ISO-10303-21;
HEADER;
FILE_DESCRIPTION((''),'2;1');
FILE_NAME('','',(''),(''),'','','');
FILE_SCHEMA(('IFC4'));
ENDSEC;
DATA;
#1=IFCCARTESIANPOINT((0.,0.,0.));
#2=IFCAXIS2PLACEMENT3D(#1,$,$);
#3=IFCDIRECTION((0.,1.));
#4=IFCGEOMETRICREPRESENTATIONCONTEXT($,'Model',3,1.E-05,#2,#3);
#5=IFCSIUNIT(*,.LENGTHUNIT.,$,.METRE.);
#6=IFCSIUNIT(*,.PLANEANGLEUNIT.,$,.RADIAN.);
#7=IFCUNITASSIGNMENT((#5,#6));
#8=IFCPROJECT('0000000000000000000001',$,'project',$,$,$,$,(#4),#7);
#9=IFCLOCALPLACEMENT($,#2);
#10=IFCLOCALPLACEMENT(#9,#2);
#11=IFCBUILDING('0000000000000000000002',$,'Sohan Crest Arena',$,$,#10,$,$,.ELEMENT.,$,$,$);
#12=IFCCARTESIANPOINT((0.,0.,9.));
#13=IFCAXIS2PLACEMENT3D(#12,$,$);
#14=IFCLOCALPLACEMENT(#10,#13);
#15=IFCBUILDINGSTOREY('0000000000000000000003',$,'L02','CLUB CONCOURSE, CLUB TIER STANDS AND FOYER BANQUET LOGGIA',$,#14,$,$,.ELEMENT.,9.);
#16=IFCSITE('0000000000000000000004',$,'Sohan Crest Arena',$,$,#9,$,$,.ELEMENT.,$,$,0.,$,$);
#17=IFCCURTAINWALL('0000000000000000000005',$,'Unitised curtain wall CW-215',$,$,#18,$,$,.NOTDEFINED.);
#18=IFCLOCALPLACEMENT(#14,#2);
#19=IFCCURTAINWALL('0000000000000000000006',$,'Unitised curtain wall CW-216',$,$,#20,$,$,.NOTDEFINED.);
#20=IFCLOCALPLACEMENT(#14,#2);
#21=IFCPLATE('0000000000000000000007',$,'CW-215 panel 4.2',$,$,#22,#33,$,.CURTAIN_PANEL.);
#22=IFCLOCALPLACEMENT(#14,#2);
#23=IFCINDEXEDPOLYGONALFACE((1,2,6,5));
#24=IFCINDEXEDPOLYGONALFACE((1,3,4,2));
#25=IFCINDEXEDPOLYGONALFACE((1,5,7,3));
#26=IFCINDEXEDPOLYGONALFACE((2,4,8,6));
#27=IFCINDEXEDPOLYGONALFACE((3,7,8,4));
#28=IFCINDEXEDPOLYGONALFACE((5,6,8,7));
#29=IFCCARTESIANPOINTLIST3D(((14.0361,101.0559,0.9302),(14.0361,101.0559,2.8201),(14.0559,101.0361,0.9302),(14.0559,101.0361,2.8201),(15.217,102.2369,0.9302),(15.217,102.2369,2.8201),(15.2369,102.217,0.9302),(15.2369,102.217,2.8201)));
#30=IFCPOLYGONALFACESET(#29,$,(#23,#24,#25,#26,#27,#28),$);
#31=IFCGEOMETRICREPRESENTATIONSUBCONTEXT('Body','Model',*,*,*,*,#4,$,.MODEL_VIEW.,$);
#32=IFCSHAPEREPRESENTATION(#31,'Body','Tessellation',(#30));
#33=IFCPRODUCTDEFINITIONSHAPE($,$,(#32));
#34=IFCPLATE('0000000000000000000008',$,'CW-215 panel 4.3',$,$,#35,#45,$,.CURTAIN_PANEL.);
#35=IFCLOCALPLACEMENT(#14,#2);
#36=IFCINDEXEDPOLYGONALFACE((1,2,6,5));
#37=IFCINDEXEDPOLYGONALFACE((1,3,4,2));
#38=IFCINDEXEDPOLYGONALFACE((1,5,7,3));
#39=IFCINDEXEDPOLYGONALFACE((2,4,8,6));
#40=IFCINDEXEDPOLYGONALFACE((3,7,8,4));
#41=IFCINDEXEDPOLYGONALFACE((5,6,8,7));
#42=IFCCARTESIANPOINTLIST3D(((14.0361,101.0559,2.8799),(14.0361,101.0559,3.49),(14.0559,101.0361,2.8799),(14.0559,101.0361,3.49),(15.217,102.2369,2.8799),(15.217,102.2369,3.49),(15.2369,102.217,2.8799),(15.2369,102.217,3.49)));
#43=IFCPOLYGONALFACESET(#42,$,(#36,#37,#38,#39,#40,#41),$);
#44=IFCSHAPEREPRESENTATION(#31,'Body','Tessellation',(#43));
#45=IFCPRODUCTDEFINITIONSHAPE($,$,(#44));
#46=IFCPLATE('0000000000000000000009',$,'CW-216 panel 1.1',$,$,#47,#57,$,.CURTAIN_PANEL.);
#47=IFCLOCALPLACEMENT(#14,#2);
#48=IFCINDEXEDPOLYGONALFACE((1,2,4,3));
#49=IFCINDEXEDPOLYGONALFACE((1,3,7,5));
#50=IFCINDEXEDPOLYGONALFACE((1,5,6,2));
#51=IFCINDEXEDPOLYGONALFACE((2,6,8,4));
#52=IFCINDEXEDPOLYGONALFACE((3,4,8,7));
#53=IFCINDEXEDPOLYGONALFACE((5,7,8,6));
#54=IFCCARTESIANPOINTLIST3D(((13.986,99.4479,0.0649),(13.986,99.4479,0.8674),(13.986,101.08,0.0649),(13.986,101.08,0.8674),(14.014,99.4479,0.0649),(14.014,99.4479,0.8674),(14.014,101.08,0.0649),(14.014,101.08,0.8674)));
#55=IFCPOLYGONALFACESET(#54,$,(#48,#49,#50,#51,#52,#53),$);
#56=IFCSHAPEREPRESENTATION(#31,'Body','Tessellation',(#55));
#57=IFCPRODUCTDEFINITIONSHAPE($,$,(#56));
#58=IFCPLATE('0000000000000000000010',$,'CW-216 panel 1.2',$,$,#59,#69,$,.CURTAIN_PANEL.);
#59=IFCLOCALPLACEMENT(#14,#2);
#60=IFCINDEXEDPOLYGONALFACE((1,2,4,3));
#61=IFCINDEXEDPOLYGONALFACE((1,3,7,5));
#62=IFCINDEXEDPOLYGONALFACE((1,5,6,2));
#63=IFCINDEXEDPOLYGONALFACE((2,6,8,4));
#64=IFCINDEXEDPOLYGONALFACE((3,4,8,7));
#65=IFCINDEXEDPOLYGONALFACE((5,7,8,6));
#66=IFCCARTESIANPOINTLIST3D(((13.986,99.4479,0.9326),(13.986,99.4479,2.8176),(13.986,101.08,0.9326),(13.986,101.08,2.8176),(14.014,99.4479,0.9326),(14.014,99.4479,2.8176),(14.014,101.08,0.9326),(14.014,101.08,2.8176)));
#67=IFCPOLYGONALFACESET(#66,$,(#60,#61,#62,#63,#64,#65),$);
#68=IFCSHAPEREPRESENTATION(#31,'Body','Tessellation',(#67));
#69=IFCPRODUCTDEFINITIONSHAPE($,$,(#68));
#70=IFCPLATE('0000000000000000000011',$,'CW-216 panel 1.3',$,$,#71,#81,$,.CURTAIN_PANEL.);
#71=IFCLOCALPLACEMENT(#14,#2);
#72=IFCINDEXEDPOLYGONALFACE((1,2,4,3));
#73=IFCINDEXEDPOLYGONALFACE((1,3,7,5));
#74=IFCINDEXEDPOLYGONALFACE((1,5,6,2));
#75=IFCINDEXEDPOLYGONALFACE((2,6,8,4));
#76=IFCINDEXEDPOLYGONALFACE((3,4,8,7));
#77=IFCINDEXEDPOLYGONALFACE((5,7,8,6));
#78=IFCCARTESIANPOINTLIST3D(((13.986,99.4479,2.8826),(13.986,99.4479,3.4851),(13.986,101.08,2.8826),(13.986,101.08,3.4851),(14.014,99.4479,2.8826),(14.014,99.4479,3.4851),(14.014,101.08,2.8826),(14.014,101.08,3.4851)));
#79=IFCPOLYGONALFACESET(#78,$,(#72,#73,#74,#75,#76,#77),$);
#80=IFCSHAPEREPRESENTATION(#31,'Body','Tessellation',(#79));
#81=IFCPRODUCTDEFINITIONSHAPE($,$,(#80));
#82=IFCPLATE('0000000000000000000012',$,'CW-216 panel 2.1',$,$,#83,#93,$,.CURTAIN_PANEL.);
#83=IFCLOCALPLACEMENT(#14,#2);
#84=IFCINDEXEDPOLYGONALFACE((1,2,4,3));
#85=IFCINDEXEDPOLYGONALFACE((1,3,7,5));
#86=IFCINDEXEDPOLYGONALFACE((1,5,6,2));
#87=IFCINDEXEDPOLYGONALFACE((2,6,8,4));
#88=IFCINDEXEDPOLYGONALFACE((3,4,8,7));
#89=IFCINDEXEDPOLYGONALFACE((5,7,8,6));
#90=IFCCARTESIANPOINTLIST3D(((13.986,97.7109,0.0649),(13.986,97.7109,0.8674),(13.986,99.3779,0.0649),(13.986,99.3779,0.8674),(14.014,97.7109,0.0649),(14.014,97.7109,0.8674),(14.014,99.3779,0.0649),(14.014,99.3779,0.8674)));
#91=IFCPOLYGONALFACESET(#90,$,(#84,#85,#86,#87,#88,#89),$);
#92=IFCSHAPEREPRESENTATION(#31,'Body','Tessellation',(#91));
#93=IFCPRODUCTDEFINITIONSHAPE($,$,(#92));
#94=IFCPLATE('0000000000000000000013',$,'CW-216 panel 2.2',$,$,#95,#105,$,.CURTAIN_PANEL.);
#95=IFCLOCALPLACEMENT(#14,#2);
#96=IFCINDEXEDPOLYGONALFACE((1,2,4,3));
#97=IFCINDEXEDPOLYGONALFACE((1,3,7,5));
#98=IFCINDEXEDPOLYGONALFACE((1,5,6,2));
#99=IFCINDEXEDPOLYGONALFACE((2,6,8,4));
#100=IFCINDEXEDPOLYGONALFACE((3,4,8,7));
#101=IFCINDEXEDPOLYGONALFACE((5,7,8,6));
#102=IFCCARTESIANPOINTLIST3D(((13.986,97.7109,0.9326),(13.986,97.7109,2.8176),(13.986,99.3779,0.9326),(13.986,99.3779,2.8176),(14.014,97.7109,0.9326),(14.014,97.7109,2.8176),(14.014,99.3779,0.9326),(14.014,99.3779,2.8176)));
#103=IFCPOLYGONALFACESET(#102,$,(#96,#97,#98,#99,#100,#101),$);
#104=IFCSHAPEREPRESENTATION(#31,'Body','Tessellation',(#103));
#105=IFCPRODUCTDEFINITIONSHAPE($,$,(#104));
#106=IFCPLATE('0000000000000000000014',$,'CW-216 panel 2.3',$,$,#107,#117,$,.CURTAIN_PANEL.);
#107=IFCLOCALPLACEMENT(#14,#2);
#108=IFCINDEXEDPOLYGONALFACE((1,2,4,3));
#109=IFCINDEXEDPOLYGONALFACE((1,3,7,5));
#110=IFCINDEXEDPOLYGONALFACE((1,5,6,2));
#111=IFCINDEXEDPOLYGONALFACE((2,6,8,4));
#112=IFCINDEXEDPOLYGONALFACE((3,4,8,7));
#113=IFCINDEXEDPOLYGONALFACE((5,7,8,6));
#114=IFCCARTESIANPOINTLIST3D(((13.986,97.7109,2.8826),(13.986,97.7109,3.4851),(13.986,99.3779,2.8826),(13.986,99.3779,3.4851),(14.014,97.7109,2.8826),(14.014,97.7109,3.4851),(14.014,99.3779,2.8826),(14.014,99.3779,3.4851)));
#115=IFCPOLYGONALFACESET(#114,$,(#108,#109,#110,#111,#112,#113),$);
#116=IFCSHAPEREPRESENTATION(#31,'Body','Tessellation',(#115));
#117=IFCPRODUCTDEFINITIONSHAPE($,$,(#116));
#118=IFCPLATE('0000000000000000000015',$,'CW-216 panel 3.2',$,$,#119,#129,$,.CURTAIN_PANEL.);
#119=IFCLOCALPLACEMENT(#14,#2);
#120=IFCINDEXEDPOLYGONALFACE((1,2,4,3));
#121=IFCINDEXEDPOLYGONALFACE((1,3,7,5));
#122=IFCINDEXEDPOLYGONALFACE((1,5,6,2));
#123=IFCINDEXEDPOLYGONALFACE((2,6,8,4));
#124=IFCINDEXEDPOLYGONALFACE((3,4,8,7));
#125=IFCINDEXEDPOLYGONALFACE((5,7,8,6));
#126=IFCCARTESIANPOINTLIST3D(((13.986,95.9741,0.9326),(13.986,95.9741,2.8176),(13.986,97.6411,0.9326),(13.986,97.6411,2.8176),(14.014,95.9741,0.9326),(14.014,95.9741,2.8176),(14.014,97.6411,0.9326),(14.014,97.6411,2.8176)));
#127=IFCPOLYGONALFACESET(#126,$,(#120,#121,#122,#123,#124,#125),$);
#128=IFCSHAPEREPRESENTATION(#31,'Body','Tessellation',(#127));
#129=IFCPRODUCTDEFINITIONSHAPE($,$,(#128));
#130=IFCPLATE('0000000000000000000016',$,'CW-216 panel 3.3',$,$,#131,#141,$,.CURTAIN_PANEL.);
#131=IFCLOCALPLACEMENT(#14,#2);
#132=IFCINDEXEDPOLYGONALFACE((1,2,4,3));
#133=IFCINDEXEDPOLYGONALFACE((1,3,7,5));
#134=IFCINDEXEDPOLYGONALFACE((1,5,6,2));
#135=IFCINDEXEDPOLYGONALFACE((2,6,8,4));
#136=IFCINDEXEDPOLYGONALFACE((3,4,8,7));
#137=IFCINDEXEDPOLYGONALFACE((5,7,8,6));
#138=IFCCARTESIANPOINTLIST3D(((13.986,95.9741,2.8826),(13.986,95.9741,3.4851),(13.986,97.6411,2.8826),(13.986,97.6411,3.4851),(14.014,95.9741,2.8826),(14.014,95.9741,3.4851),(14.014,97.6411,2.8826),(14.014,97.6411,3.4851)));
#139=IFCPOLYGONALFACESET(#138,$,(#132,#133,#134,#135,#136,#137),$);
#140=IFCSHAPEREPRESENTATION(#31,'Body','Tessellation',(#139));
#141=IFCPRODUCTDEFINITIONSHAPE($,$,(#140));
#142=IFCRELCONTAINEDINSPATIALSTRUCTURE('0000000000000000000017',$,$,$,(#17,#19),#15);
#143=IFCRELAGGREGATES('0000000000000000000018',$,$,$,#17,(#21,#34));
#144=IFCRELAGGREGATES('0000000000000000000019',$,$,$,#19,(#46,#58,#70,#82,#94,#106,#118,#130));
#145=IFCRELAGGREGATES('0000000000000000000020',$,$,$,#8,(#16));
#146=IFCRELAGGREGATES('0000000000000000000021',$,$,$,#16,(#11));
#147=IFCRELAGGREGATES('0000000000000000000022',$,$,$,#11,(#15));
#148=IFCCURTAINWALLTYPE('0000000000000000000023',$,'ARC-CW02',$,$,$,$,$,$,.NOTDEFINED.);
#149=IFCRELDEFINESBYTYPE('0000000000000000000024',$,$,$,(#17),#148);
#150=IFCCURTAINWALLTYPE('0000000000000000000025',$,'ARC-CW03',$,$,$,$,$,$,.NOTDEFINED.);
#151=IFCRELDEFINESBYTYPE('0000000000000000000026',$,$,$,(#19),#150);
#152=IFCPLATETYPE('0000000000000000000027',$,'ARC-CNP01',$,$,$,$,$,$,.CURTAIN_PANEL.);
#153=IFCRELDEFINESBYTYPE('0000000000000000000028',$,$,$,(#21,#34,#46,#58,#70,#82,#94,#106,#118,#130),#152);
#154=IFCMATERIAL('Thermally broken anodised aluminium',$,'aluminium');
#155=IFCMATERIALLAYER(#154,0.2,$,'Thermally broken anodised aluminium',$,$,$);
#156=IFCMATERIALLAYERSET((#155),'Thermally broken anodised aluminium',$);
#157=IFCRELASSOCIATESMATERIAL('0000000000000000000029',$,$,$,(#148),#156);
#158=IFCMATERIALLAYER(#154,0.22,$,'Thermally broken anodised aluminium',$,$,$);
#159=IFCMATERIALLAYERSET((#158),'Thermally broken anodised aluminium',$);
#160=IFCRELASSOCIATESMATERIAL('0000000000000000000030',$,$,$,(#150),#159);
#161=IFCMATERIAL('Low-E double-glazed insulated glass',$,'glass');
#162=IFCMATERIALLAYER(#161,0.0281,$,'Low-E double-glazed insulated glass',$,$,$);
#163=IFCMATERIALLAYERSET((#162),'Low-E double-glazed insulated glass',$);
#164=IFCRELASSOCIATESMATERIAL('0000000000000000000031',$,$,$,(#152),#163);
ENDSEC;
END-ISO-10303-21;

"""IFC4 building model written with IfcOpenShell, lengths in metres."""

from ifc_helpers import new_model, si_unit, direction, frame, origin, origin_2d, place, context, subcontext, project, spatial, rectangle, extrude, material, layer, layer_set, type_object, element, aggregate, save


model = new_model("IFC4")

# Units and contexts
model_context = context("Model", 3, precision=1e-05, world=origin(), true_north=direction((0.0, 1.0)))
body_context = subcontext(model_context, "Body", "Model", "MODEL_VIEW")
ifc_project = project(units=[si_unit("LENGTHUNIT", "METRE"), si_unit("PLANEANGLEUNIT", "RADIAN")], contexts=[model_context])

# Site, building, storey
site_placement = place(None, origin())
site = spatial("IfcSite", under=ifc_project, at=site_placement, Name="Sohan Crest Arena", CompositionType="ELEMENT", RefElevation=0.0)
building_placement = place(site_placement, origin())
building = spatial("IfcBuilding", under=site, at=building_placement, Name="Sohan Crest Arena", CompositionType="ELEMENT")
storey_placement = place(building_placement, frame((0.0, 0.0, 9.0)))
storey = spatial("IfcBuildingStorey", under=building, at=storey_placement, Name="L02", Description="CLUB CONCOURSE, CLUB TIER STANDS AND FOYER BANQUET LOGGIA", CompositionType="ELEMENT", Elevation=9.0)

# Curtain walls
ifc_material_1 = material(Name="Thermally broken anodised aluminium", Category="aluminium")
ifc_layer_1 = layer(ifc_material_1, 0.2, Name="Thermally broken anodised aluminium")
ifc_layer_set_1 = layer_set([ifc_layer_1], Name="Thermally broken anodised aluminium")
curtain_wall_type_1 = type_object("IfcCurtainWallType", Name="ARC-CW02", PredefinedType="NOTDEFINED", material=ifc_layer_set_1)
curtain_wall_1_placement = place(storey_placement, origin())
curtain_wall_1 = element("IfcCurtainWall", 1, at=curtain_wall_1_placement, inside=storey, type_object=curtain_wall_type_1, Name="Unitised curtain wall CW-215", PredefinedType="NOTDEFINED")
ifc_layer_2 = layer(ifc_material_1, 0.22, Name="Thermally broken anodised aluminium")
ifc_layer_set_2 = layer_set([ifc_layer_2], Name="Thermally broken anodised aluminium")
curtain_wall_type_2 = type_object("IfcCurtainWallType", Name="ARC-CW03", PredefinedType="NOTDEFINED", material=ifc_layer_set_2)
curtain_wall_2_placement = place(storey_placement, origin())
curtain_wall_2 = element("IfcCurtainWall", 2, at=curtain_wall_2_placement, inside=storey, type_object=curtain_wall_type_2, Name="Unitised curtain wall CW-216", PredefinedType="NOTDEFINED")

# Plates
ifc_material_2 = material(Name="Low-E double-glazed insulated glass", Category="glass")
ifc_layer_3 = layer(ifc_material_2, 0.0281, Name="Low-E double-glazed insulated glass")
ifc_layer_set_3 = layer_set([ifc_layer_3], Name="Low-E double-glazed insulated glass")
plate_type = type_object("IfcPlateType", Name="ARC-CNP01", PredefinedType="CURTAIN_PANEL", material=ifc_layer_set_3)
plate_1_placement = place(storey_placement, frame((14.6365, 101.6365, 0.9302), z_axis=(0.0, 0.0, 1.0), x_axis=(-0.707107, -0.707107, 0.0)))
plate_1 = element("IfcPlate", 3, at=plate_1_placement, type_object=plate_type, Name="CW-215 panel 4.2", PredefinedType="CURTAIN_PANEL", context=body_context, shape_type="SweptSolid", body=[
    extrude(rectangle(XDim=1.6702, YDim=0.0281, at=origin_2d()), origin(), (0.0, 0.0, 1.0), 1.8899),
])
plate_2_placement = place(storey_placement, frame((14.6365, 101.6365, 2.8799), z_axis=(0.0, 0.0, 1.0), x_axis=(-0.707107, -0.707107, 0.0)))
plate_2 = element("IfcPlate", 4, at=plate_2_placement, type_object=plate_type, Name="CW-215 panel 4.3", PredefinedType="CURTAIN_PANEL", context=body_context, shape_type="SweptSolid", body=[
    extrude(rectangle(XDim=1.6702, YDim=0.0281, at=origin_2d()), origin(), (0.0, 0.0, 1.0), 0.6101),
])
aggregate(curtain_wall_1, [plate_1, plate_2])
plate_3_placement = place(storey_placement, frame((14.0, 100.2639, 0.0649), z_axis=(0.0, 0.0, 1.0), x_axis=(0.0, -1.0, 0.0)))
plate_3 = element("IfcPlate", 5, at=plate_3_placement, type_object=plate_type, Name="CW-216 panel 1.1", PredefinedType="CURTAIN_PANEL", context=body_context, shape_type="SweptSolid", body=[
    extrude(rectangle(XDim=1.6321, YDim=0.0281, at=origin_2d()), origin(), (0.0, 0.0, 1.0), 0.8025),
])
plate_4_placement = place(storey_placement, frame((14.0, 100.2639, 0.9326), z_axis=(0.0, 0.0, 1.0), x_axis=(0.0, -1.0, 0.0)))
plate_4 = element("IfcPlate", 6, at=plate_4_placement, type_object=plate_type, Name="CW-216 panel 1.2", PredefinedType="CURTAIN_PANEL", context=body_context, shape_type="SweptSolid", body=[
    extrude(rectangle(XDim=1.6321, YDim=0.0281, at=origin_2d()), origin(), (0.0, 0.0, 1.0), 1.885),
])
plate_5_placement = place(storey_placement, frame((14.0, 100.2639, 2.8826), z_axis=(0.0, 0.0, 1.0), x_axis=(0.0, -1.0, 0.0)))
plate_5 = element("IfcPlate", 7, at=plate_5_placement, type_object=plate_type, Name="CW-216 panel 1.3", PredefinedType="CURTAIN_PANEL", context=body_context, shape_type="SweptSolid", body=[
    extrude(rectangle(XDim=1.6321, YDim=0.0281, at=origin_2d()), origin(), (0.0, 0.0, 1.0), 0.6025),
])
plate_6_placement = place(storey_placement, frame((14.0, 98.5444, 0.0649), z_axis=(0.0, 0.0, 1.0), x_axis=(0.0, -1.0, 0.0)))
plate_6 = element("IfcPlate", 8, at=plate_6_placement, type_object=plate_type, Name="CW-216 panel 2.1", PredefinedType="CURTAIN_PANEL", context=body_context, shape_type="SweptSolid", body=[
    extrude(rectangle(XDim=1.667, YDim=0.0281, at=origin_2d()), origin(), (0.0, 0.0, 1.0), 0.8025),
])
plate_7_placement = place(storey_placement, frame((14.0, 98.5444, 0.9326), z_axis=(0.0, 0.0, 1.0), x_axis=(0.0, -1.0, 0.0)))
plate_7 = element("IfcPlate", 9, at=plate_7_placement, type_object=plate_type, Name="CW-216 panel 2.2", PredefinedType="CURTAIN_PANEL", context=body_context, shape_type="SweptSolid", body=[
    extrude(rectangle(XDim=1.667, YDim=0.0281, at=origin_2d()), origin(), (0.0, 0.0, 1.0), 1.885),
])
plate_8_placement = place(storey_placement, frame((14.0, 98.5444, 2.8826), z_axis=(0.0, 0.0, 1.0), x_axis=(0.0, -1.0, 0.0)))
plate_8 = element("IfcPlate", 10, at=plate_8_placement, type_object=plate_type, Name="CW-216 panel 2.3", PredefinedType="CURTAIN_PANEL", context=body_context, shape_type="SweptSolid", body=[
    extrude(rectangle(XDim=1.667, YDim=0.0281, at=origin_2d()), origin(), (0.0, 0.0, 1.0), 0.6025),
])
plate_9_placement = place(storey_placement, frame((14.0, 96.8076, 0.9326), z_axis=(0.0, 0.0, 1.0), x_axis=(0.0, -1.0, 0.0)))
plate_9 = element("IfcPlate", 11, at=plate_9_placement, type_object=plate_type, Name="CW-216 panel 3.2", PredefinedType="CURTAIN_PANEL", context=body_context, shape_type="SweptSolid", body=[
    extrude(rectangle(XDim=1.667, YDim=0.0281, at=origin_2d()), origin(), (0.0, 0.0, 1.0), 1.885),
])
plate_10_placement = place(storey_placement, frame((14.0, 96.8076, 2.8826), z_axis=(0.0, 0.0, 1.0), x_axis=(0.0, -1.0, 0.0)))
plate_10 = element("IfcPlate", 12, at=plate_10_placement, type_object=plate_type, Name="CW-216 panel 3.3", PredefinedType="CURTAIN_PANEL", context=body_context, shape_type="SweptSolid", body=[
    extrude(rectangle(XDim=1.667, YDim=0.0281, at=origin_2d()), origin(), (0.0, 0.0, 1.0), 0.6025),
])
aggregate(curtain_wall_2, [plate_3, plate_4, plate_5, plate_6, plate_7, plate_8, plate_9, plate_10])

save(model, "model.ifc")
